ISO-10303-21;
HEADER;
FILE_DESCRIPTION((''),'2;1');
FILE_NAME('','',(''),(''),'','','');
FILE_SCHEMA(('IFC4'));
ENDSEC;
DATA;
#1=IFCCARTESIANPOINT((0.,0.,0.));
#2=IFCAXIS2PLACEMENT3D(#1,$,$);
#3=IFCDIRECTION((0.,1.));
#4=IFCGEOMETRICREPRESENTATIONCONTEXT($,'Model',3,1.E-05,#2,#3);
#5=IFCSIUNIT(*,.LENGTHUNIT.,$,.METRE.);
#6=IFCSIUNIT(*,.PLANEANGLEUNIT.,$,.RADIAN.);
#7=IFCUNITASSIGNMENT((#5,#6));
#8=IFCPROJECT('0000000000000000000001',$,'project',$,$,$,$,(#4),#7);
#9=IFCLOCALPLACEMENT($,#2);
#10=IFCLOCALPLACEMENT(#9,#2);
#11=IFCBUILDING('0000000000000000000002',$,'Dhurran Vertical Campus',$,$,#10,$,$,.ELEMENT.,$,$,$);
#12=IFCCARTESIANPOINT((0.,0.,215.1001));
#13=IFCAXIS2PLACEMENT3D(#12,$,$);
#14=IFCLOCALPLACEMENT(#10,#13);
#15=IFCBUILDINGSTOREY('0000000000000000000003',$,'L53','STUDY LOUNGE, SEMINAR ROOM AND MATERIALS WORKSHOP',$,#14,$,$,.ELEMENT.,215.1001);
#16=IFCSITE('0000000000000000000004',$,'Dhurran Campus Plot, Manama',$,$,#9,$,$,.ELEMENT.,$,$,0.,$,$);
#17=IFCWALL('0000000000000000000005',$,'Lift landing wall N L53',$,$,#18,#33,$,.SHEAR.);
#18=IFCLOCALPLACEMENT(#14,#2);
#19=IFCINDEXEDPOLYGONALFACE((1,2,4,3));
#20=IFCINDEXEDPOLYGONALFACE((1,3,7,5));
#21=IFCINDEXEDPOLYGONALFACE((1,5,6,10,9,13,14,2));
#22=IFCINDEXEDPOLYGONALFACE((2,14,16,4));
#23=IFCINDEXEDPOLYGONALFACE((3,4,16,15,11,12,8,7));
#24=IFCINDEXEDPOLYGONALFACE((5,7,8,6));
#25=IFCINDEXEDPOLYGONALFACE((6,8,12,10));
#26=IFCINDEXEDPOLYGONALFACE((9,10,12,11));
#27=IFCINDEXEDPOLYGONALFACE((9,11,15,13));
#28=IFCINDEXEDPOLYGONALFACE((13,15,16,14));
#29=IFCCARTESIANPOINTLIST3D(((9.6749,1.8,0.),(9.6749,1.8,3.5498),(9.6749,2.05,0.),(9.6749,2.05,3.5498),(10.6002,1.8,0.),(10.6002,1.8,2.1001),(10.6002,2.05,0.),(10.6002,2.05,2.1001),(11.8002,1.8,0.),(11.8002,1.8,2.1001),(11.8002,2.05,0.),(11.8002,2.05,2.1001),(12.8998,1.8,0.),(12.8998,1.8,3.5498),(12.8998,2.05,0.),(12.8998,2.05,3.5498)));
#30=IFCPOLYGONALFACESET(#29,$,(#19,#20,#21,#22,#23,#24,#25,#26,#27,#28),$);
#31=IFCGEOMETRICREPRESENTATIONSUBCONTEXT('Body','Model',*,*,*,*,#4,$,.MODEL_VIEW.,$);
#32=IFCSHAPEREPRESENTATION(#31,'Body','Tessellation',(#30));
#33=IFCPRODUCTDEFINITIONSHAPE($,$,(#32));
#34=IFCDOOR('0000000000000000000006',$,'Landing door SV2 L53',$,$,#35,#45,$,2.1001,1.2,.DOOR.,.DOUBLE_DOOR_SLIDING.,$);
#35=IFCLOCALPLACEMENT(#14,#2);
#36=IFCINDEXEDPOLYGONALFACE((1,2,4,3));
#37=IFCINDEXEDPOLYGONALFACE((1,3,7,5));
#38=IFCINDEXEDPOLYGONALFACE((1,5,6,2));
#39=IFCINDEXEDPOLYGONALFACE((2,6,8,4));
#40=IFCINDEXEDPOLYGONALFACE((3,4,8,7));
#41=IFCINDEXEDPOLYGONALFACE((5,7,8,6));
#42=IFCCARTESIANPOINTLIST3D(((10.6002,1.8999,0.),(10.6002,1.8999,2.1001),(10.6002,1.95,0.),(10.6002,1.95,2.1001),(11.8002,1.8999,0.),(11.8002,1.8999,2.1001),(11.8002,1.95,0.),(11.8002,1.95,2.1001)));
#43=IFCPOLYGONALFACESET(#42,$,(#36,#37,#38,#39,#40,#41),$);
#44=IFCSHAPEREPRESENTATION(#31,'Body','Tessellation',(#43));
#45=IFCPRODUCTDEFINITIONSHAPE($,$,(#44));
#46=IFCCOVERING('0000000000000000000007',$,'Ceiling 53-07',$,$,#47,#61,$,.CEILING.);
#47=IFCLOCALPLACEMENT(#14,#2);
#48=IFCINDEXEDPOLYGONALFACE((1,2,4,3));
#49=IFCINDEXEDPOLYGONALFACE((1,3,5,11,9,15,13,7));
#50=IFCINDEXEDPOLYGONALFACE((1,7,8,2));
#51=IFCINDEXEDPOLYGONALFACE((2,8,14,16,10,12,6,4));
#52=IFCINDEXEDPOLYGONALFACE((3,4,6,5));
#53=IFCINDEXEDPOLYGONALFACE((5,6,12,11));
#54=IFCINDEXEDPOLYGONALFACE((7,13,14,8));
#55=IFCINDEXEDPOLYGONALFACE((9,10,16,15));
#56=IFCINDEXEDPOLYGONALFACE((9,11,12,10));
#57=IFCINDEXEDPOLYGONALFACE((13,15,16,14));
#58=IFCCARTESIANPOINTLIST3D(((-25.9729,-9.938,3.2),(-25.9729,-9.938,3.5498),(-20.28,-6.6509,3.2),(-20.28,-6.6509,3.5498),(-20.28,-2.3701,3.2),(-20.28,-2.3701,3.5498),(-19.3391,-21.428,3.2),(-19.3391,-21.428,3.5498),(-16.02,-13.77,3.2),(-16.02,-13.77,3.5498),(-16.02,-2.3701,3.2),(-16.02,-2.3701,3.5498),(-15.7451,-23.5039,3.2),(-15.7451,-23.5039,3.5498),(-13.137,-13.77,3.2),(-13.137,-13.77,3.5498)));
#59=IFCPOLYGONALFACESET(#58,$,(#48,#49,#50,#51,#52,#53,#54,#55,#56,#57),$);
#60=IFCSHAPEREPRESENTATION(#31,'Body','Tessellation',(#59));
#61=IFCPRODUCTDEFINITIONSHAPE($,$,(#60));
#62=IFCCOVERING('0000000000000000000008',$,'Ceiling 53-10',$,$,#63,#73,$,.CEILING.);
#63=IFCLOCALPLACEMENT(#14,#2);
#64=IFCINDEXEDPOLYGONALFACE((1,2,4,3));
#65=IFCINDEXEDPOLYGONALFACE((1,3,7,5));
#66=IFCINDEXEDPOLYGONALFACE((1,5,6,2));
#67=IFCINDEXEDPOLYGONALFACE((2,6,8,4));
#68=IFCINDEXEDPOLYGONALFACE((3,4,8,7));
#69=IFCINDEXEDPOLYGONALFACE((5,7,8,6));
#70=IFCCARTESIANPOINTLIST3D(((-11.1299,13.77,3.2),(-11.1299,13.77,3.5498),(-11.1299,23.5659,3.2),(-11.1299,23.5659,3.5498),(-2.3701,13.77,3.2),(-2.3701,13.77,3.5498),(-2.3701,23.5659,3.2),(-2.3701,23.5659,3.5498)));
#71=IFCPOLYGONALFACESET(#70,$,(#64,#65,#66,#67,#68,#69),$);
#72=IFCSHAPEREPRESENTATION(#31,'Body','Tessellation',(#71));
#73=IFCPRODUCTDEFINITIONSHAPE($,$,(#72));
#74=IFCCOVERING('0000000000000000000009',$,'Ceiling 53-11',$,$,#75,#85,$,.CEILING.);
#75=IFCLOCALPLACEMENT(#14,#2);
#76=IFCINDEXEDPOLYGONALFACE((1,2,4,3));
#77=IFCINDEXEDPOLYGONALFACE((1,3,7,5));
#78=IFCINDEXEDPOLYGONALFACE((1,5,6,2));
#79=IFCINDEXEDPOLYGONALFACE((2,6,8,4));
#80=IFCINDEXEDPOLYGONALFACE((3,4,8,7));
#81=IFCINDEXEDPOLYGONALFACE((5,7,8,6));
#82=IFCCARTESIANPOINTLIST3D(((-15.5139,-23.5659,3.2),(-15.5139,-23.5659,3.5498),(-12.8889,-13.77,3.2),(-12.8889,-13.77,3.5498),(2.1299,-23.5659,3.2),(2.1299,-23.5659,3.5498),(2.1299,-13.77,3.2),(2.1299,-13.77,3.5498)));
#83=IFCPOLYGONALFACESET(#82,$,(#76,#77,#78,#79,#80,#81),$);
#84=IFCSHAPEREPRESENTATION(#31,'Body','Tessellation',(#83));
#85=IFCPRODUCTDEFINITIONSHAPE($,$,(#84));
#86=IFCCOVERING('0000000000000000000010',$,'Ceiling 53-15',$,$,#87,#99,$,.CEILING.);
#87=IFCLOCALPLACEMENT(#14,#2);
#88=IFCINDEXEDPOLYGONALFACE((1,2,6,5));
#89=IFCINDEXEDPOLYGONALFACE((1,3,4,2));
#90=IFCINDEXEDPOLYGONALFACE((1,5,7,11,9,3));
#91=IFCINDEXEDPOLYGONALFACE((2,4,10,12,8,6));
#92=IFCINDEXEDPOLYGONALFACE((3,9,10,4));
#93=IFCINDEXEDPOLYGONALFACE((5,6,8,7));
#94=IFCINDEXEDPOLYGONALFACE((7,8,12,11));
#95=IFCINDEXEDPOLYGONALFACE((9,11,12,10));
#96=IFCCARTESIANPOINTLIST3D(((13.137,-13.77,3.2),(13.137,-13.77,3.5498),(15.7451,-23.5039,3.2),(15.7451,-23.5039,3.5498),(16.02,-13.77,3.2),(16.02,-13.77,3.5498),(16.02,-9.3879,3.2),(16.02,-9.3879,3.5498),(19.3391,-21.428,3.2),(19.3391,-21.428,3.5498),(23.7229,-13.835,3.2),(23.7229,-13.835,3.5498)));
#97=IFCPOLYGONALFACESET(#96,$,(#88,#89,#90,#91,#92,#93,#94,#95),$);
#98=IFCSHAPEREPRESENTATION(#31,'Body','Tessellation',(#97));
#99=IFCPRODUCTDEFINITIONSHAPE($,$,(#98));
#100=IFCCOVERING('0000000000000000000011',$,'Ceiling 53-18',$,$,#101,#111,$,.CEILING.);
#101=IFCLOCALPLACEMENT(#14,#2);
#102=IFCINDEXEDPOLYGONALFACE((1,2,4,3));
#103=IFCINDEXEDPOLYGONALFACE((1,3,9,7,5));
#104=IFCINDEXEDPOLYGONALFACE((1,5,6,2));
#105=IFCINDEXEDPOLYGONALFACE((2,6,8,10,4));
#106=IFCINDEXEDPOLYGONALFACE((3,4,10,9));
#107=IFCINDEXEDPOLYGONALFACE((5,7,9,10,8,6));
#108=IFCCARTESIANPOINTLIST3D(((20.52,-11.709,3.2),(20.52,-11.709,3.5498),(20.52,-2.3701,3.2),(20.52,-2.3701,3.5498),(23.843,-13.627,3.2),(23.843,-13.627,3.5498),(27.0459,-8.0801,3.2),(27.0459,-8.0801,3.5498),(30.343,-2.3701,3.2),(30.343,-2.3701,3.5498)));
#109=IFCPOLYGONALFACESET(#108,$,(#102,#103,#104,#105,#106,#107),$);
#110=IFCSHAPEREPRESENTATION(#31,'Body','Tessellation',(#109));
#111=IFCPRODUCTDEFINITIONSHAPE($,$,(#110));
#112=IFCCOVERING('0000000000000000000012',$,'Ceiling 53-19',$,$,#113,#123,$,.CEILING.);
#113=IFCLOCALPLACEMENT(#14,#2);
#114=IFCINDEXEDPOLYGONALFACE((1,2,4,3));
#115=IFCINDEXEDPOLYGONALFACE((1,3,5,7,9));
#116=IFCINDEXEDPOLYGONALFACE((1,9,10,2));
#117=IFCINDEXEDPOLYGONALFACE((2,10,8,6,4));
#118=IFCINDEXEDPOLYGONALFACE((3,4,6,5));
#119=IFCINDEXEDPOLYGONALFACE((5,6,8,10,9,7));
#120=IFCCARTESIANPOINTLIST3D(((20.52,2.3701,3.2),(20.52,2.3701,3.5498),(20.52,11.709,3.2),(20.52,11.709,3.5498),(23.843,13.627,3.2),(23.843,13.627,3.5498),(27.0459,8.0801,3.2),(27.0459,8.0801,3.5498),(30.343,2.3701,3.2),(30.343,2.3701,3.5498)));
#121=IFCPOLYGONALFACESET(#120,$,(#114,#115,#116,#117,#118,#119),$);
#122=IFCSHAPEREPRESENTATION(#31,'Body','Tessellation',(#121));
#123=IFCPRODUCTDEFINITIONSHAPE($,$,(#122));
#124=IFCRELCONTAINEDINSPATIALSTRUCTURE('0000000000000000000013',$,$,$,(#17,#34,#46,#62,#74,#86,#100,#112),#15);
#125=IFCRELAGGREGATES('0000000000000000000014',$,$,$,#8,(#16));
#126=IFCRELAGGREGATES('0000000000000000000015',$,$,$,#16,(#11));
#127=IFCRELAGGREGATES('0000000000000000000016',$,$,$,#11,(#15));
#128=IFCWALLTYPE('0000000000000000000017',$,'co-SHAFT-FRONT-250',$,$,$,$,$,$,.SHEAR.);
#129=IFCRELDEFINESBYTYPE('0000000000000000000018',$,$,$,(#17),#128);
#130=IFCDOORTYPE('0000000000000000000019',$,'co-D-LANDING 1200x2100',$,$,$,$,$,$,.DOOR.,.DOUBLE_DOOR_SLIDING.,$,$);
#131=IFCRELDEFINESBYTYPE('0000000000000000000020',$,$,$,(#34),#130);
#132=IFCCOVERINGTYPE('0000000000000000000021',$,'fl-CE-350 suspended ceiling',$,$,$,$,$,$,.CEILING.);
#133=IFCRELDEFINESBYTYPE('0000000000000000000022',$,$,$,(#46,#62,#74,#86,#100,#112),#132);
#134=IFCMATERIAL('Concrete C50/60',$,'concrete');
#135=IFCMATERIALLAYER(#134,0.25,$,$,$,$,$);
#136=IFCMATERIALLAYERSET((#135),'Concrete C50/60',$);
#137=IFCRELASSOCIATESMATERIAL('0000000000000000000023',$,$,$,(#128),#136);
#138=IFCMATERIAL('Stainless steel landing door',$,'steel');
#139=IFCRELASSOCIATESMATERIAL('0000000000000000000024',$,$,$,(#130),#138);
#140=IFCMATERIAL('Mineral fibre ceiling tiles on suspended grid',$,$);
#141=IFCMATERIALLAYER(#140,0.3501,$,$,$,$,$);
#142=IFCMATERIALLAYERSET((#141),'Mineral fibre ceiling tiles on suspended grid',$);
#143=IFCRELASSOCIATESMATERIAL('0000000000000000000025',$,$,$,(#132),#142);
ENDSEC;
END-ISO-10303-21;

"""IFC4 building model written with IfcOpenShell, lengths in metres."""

from ifc_helpers import new_model, si_unit, direction, frame, frame_2d, origin, place, context, subcontext, project, spatial, polyline, rectangle, outline, extrude, material, layer, layer_set, type_object, element, fill, save


model = new_model("IFC4")

# Units and contexts
model_context = context("Model", 3, precision=1e-05, world=origin(), true_north=direction((0.0, 1.0)))
body_context = subcontext(model_context, "Body", "Model", "MODEL_VIEW")
ifc_project = project(units=[si_unit("LENGTHUNIT", "METRE"), si_unit("PLANEANGLEUNIT", "RADIAN")], contexts=[model_context])

# Site, building, storey
site_placement = place(None, origin())
site = spatial("IfcSite", under=ifc_project, at=site_placement, Name="Dhurran Campus Plot, Manama", CompositionType="ELEMENT", RefElevation=0.0)
building_placement = place(site_placement, origin())
building = spatial("IfcBuilding", under=site, at=building_placement, Name="Dhurran Vertical Campus", CompositionType="ELEMENT")
storey_placement = place(building_placement, frame((0.0, 0.0, 215.1001)))
storey = spatial("IfcBuildingStorey", under=building, at=storey_placement, Name="L53", Description="STUDY LOUNGE, SEMINAR ROOM AND MATERIALS WORKSHOP", CompositionType="ELEMENT", Elevation=215.1001)

# Shared definitions
ifc_material_1 = material(Name="Concrete C50/60", Category="concrete")
ifc_layer_1 = layer(ifc_material_1, 0.25)
ifc_layer_set_1 = layer_set([ifc_layer_1], Name="Concrete C50/60")
wall_type_1 = type_object("IfcWallType", Name="co-SHAFT-FRONT-250", PredefinedType="SHEAR", material=ifc_layer_set_1)
ifc_material_2 = material(Name="Stainless steel landing door", Category="steel")
door_type_1 = type_object("IfcDoorType", Name="co-D-LANDING 1200x2100", OperationType="DOUBLE_DOOR_SLIDING", PredefinedType="DOOR", material=ifc_material_2)

# Wall, opening, door
wall_1_placement = place(storey_placement, frame((9.675, 1.925, 0.0), z_axis=(0.0, 0.0, 1.0), x_axis=(1.0, 0.0, 0.0)))
wall_1 = element("IfcWall", 1, at=wall_1_placement, inside=storey, type_object=wall_type_1, Name="Lift landing wall N L53", PredefinedType="SHEAR", context=body_context, shape_type="SweptSolid", body=[
    extrude(rectangle(XDim=3.2249, YDim=0.25, at=frame_2d((1.6123, 0.0))), origin(), (0.0, 0.0, 1.0), 3.5498),
])
opening_1_placement = place(wall_1_placement, frame((0.925, 0.0, 0.0)))
opening_1 = element("IfcOpeningElement", 2, at=opening_1_placement, cuts=wall_1, PredefinedType="OPENING", context=body_context, shape_type="SweptSolid", body=[
    extrude(rectangle(XDim=1.2, YDim=2.1001, at=frame_2d((0.6001, 1.05))), frame((0.0, 0.135, 0.0), z_axis=(0.0, -1.0, 0.0), x_axis=(1.0, 0.0, 0.0)), (0.0, 0.0, 1.0), 0.27),
])
door_1_placement = place(opening_1_placement, origin())
door_1 = element("IfcDoor", 3, at=door_1_placement, inside=storey, type_object=door_type_1, Name="Landing door SV2 L53", OperationType="DOUBLE_DOOR_SLIDING", OverallHeight=2.1001, OverallWidth=1.2, PredefinedType="DOOR", context=body_context, shape_type="SweptSolid", body=[
    extrude(rectangle(XDim=1.2, YDim=2.1001, at=frame_2d((0.6001, 1.05))), frame((0.0, 0.0249, 0.0), z_axis=(0.0, -1.0, 0.0), x_axis=(1.0, 0.0, 0.0)), (0.0, 0.0, 1.0), 0.05),
])
fill(opening_1, door_1)

# Coverings
ifc_material_3 = material(Name="Mineral fibre ceiling tiles on suspended grid")
ifc_layer_2 = layer(ifc_material_3, 0.3501)
ifc_layer_set_2 = layer_set([ifc_layer_2], Name="Mineral fibre ceiling tiles on suspended grid")
covering_type = type_object("IfcCoveringType", Name="fl-CE-350 suspended ceiling", PredefinedType="CEILING", material=ifc_layer_set_2)
covering_1_placement = place(storey_placement, frame((0.0, 0.0, 3.2)))
element("IfcCovering", 4, at=covering_1_placement, inside=storey, type_object=covering_type, Name="Ceiling 53-07", PredefinedType="CEILING", context=body_context, shape_type="SweptSolid", body=[
    extrude(outline(polyline([(-19.3391, -21.428), (-25.9729, -9.938), (-20.28, -6.6509), (-20.28, -2.3701), (-16.02, -2.3701), (-16.02, -13.77), (-13.137, -13.77), (-15.7451, -23.5039), (-19.3391, -21.428)])), origin(), (0.0, 0.0, 1.0), 0.3499),
])
covering_2_placement = place(storey_placement, frame((0.0, 0.0, 3.2)))
element("IfcCovering", 5, at=covering_2_placement, inside=storey, type_object=covering_type, Name="Ceiling 53-10", PredefinedType="CEILING", context=body_context, shape_type="SweptSolid", body=[
    extrude(outline(polyline([(-11.1299, 23.5659), (-2.3701, 23.5659), (-2.3701, 13.77), (-11.1299, 13.77), (-11.1299, 23.5659)])), origin(), (0.0, 0.0, 1.0), 0.3499),
])
covering_3_placement = place(storey_placement, frame((0.0, 0.0, 3.2)))
element("IfcCovering", 6, at=covering_3_placement, inside=storey, type_object=covering_type, Name="Ceiling 53-11", PredefinedType="CEILING", context=body_context, shape_type="SweptSolid", body=[
    extrude(outline(polyline([(2.1299, -23.5659), (-15.5139, -23.5659), (-12.8889, -13.77), (2.1299, -13.77), (2.1299, -23.5659)])), origin(), (0.0, 0.0, 1.0), 0.3499),
])
covering_4_placement = place(storey_placement, frame((0.0, 0.0, 3.2)))
element("IfcCovering", 7, at=covering_4_placement, inside=storey, type_object=covering_type, Name="Ceiling 53-15", PredefinedType="CEILING", context=body_context, shape_type="SweptSolid", body=[
    extrude(outline(polyline([(23.7229, -13.835), (19.3391, -21.428), (15.7451, -23.5039), (13.137, -13.77), (16.02, -13.77), (16.02, -9.3879), (23.7229, -13.835)])), origin(), (0.0, 0.0, 1.0), 0.3499),
])
covering_5_placement = place(storey_placement, frame((0.0, 0.0, 3.2)))
element("IfcCovering", 8, at=covering_5_placement, inside=storey, type_object=covering_type, Name="Ceiling 53-18", PredefinedType="CEILING", context=body_context, shape_type="SweptSolid", body=[
    extrude(outline(polyline([(23.843, -13.627), (20.52, -11.709), (20.52, -2.3701), (30.343, -2.3701), (27.0459, -8.0801), (23.843, -13.627)])), origin(), (0.0, 0.0, 1.0), 0.3499),
])
covering_6_placement = place(storey_placement, frame((0.0, 0.0, 3.2)))
element("IfcCovering", 9, at=covering_6_placement, inside=storey, type_object=covering_type, Name="Ceiling 53-19", PredefinedType="CEILING", context=body_context, shape_type="SweptSolid", body=[
    extrude(outline(polyline([(30.343, 2.3701), (20.52, 2.3701), (20.52, 11.709), (23.843, 13.627), (27.0459, 8.0801), (30.343, 2.3701)])), origin(), (0.0, 0.0, 1.0), 0.3499),
])

save(model, "model.ifc")
